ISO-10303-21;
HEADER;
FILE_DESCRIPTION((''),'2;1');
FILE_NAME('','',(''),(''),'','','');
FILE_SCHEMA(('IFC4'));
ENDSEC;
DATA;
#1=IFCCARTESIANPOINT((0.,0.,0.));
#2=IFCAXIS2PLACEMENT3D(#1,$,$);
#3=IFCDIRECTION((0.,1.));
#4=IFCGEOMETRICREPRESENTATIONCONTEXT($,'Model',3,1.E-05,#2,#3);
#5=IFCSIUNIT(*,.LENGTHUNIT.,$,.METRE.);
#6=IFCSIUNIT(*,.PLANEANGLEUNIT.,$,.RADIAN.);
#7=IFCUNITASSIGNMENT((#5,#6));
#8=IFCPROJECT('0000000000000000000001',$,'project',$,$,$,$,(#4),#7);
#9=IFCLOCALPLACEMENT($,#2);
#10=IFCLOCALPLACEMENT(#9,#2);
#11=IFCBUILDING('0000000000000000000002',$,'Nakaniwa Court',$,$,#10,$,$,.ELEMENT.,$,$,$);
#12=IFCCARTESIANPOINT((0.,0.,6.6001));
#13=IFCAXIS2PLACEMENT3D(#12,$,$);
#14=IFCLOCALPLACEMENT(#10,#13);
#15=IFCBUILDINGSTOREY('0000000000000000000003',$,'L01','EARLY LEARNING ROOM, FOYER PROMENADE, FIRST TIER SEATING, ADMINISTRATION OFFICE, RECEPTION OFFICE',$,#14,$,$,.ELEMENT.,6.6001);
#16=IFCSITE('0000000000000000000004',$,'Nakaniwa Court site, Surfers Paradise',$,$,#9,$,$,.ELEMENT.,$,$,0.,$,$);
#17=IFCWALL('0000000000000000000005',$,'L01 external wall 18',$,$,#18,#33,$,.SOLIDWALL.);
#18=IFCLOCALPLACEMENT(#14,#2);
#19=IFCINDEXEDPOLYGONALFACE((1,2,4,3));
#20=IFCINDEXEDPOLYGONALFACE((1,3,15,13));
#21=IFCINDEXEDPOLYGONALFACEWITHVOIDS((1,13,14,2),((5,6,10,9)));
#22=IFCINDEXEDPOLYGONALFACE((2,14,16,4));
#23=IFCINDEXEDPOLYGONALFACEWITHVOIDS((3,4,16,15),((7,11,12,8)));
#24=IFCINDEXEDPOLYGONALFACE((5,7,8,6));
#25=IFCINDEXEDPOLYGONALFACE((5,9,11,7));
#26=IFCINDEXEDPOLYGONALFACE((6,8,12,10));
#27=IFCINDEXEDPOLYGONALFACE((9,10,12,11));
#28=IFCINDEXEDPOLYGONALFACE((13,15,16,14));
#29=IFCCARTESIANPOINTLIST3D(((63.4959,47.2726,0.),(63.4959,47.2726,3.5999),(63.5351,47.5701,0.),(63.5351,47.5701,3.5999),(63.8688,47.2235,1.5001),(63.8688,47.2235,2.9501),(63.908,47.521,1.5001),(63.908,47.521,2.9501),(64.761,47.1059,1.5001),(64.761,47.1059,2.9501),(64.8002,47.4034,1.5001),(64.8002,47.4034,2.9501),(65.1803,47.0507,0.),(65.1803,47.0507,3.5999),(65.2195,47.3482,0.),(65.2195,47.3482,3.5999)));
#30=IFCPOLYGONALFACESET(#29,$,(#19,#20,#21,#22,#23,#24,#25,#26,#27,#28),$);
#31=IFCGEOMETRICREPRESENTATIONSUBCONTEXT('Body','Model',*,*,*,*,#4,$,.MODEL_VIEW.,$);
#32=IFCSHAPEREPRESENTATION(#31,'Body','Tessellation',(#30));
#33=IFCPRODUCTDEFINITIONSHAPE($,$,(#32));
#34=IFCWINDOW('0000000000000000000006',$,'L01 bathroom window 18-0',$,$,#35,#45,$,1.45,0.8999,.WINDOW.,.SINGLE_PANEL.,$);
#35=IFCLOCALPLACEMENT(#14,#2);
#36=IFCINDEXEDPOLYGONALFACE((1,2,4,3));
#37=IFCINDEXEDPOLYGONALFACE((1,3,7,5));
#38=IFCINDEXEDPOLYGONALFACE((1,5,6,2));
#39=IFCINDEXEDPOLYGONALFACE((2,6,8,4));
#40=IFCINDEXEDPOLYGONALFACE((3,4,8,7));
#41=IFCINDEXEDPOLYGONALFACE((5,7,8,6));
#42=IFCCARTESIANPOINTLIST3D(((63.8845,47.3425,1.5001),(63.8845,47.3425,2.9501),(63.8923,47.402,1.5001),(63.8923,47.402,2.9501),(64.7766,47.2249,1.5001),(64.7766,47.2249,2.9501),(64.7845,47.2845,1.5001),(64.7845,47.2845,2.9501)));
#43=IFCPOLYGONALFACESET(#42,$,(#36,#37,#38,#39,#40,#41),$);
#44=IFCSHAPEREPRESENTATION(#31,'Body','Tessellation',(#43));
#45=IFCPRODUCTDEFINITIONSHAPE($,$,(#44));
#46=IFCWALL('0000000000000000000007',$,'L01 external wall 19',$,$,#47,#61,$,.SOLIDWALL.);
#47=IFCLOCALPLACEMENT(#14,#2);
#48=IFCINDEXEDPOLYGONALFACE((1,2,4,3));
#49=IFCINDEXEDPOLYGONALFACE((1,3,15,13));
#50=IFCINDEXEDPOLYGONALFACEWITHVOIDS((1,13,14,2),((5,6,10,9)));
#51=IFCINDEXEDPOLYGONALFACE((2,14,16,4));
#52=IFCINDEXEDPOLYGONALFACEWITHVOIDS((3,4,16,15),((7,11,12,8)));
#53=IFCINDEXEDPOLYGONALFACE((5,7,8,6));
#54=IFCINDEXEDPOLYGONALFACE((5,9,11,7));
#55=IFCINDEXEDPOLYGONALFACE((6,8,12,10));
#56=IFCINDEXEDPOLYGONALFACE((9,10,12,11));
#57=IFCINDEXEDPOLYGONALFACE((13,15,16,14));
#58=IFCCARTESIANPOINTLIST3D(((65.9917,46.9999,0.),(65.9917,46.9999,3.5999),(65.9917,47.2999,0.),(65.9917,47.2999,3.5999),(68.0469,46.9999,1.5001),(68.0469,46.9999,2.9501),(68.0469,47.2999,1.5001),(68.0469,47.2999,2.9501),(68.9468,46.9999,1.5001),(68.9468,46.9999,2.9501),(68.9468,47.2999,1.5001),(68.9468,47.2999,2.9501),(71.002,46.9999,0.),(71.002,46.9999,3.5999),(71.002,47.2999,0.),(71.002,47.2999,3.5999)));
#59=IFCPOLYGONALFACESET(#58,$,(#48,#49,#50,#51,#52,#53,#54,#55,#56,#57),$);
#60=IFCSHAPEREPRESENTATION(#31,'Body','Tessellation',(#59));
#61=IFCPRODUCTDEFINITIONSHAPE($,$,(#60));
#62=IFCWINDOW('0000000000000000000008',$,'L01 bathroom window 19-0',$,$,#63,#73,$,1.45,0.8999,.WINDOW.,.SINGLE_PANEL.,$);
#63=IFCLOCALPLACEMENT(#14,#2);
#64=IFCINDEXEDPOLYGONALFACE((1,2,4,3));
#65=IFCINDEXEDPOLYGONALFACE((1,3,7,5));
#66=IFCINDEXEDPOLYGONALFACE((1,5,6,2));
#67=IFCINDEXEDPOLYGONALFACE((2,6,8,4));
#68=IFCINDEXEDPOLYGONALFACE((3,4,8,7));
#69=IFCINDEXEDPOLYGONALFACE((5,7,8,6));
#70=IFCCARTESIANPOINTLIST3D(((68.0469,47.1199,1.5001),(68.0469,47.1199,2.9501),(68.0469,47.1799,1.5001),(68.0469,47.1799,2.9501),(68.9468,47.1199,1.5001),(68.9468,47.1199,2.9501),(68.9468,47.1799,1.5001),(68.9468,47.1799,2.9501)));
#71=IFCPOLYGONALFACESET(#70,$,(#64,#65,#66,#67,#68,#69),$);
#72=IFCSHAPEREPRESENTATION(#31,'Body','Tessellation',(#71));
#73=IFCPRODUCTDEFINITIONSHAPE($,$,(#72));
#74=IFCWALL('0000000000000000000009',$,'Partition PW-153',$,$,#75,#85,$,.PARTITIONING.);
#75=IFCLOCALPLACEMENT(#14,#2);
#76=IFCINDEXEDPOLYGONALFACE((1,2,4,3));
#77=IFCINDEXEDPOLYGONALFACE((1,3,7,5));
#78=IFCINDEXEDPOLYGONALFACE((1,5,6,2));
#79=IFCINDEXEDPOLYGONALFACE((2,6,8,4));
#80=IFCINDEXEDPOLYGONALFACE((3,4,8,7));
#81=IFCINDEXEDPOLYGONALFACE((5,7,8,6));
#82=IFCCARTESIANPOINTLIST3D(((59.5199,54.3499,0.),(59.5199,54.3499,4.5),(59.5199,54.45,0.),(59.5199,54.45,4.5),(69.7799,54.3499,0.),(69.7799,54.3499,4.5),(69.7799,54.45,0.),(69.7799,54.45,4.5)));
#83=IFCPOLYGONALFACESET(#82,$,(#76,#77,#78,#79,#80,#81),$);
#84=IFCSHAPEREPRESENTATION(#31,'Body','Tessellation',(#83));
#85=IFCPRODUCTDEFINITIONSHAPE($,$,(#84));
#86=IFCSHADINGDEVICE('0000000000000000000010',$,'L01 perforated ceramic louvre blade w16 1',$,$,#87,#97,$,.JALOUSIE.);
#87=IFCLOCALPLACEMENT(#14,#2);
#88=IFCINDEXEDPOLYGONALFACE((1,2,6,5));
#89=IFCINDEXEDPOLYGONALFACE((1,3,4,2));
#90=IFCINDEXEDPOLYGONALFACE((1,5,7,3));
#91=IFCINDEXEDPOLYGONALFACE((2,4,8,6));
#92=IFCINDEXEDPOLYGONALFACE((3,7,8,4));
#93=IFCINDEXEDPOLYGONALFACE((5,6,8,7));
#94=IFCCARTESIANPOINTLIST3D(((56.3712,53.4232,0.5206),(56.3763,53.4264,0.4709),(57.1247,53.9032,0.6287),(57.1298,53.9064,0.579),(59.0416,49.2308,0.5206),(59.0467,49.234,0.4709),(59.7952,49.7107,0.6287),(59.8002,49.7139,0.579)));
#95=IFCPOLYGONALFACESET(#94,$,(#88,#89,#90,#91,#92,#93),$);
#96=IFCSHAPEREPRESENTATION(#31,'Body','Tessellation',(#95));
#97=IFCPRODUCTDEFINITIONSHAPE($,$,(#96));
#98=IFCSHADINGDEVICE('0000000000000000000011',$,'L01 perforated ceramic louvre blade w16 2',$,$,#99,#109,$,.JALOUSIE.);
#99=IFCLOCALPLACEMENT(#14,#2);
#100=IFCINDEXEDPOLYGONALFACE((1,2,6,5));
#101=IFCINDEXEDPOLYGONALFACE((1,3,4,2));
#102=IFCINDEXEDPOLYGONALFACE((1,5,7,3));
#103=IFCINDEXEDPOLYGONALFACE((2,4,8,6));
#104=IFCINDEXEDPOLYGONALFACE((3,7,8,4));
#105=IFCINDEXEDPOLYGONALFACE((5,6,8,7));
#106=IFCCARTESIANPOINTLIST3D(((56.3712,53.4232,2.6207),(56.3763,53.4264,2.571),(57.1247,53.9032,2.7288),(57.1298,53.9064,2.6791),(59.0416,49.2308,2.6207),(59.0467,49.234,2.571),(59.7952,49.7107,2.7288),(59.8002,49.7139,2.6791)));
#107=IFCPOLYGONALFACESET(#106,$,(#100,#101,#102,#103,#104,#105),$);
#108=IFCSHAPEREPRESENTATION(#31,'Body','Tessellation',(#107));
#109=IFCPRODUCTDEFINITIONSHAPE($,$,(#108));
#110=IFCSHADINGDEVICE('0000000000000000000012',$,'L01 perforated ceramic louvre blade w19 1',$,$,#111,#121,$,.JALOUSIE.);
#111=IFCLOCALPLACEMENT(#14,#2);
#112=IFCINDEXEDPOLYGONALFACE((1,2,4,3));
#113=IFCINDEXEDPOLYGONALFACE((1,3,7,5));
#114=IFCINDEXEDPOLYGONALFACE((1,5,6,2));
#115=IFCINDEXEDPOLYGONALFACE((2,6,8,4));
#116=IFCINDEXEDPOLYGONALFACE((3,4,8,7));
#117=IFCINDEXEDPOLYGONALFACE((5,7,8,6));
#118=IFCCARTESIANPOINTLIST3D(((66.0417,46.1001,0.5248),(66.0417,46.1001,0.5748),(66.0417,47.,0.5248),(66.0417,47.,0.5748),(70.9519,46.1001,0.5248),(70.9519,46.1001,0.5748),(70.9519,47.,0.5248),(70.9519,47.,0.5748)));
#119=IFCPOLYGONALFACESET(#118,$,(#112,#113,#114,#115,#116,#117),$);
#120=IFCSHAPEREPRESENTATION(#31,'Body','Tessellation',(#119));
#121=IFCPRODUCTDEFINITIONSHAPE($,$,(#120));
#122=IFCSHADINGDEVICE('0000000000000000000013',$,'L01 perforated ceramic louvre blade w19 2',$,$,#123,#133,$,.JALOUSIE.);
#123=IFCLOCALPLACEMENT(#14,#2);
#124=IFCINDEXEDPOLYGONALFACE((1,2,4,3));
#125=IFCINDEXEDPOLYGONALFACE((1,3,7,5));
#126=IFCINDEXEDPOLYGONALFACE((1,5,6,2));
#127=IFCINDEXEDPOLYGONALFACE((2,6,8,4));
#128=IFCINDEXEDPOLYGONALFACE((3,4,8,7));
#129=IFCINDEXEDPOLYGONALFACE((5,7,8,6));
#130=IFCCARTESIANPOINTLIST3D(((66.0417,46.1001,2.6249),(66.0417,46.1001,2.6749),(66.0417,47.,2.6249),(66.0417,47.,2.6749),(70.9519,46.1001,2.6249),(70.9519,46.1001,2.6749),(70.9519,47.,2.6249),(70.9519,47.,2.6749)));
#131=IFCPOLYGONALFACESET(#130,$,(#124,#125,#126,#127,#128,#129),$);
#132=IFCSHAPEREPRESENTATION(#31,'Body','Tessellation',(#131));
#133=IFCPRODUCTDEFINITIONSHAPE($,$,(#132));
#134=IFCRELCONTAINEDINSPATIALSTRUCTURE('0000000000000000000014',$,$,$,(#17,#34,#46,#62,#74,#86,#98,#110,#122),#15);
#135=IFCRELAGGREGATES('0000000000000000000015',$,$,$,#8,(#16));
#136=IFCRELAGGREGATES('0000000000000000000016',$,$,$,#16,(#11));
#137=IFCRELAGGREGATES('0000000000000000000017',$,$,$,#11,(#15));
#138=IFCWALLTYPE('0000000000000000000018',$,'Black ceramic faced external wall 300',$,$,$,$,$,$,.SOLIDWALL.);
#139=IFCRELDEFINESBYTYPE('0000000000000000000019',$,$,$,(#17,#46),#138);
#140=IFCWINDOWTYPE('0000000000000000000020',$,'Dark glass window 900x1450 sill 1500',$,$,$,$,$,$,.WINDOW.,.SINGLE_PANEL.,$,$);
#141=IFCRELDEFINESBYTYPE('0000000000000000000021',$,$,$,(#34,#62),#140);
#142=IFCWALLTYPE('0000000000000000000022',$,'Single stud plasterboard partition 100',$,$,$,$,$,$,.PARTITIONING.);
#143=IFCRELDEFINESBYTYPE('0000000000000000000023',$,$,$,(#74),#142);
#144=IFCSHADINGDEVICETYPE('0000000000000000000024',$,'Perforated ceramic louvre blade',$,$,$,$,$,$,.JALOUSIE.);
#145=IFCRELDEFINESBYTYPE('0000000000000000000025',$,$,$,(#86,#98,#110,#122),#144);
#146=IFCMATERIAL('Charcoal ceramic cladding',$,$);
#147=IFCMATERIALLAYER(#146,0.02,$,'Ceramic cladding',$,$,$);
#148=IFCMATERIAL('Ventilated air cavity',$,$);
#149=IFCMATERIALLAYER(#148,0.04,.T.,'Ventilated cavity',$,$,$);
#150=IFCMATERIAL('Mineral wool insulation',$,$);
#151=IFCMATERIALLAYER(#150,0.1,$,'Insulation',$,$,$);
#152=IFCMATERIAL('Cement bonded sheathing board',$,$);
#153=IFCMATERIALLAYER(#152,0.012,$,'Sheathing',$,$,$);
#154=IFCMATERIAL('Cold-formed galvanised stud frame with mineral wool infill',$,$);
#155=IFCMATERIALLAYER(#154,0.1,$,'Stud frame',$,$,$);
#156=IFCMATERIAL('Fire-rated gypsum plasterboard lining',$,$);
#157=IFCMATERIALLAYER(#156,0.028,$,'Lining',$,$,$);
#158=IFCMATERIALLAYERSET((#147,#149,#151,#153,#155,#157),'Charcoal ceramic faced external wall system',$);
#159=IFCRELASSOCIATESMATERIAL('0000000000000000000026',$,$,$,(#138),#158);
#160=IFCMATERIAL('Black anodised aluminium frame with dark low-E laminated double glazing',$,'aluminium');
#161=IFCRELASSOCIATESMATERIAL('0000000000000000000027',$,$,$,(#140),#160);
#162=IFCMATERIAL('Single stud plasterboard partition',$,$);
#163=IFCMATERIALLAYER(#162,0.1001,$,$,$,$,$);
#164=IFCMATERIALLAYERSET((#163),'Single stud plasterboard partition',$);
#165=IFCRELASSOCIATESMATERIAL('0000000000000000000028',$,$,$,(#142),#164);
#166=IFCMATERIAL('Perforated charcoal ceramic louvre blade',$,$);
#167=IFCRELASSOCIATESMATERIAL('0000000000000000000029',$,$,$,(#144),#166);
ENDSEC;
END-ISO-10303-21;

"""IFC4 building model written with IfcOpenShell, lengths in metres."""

from ifc_helpers import new_model, si_unit, direction, frame, frame_2d, origin, origin_2d, place, context, subcontext, project, spatial, rectangle, extrude, material, layer, layer_set, material_profile, profile_set, type_object, element, fill, save


model = new_model("IFC4")

# Units and contexts
model_context = context("Model", 3, precision=1e-05, world=origin(), true_north=direction((0.0, 1.0)))
body_context = subcontext(model_context, "Body", "Model", "MODEL_VIEW")
ifc_project = project(units=[si_unit("LENGTHUNIT", "METRE"), si_unit("PLANEANGLEUNIT", "RADIAN")], contexts=[model_context])

# Site, building, storey
site_placement = place(None, origin())
site = spatial("IfcSite", under=ifc_project, at=site_placement, Name="Nakaniwa Court site, Surfers Paradise", CompositionType="ELEMENT", RefElevation=0.0)
building_placement = place(site_placement, origin())
building = spatial("IfcBuilding", under=site, at=building_placement, Name="Nakaniwa Court", CompositionType="ELEMENT")
storey_placement = place(building_placement, frame((0.0, 0.0, 6.6001)))
storey = spatial("IfcBuildingStorey", under=building, at=storey_placement, Name="L01", Description="EARLY LEARNING ROOM, FOYER PROMENADE, FIRST TIER SEATING, ADMINISTRATION OFFICE, RECEPTION OFFICE", CompositionType="ELEMENT", Elevation=6.6001)

# Walls, openings, windows
ifc_material_1 = material(Name="Charcoal ceramic cladding")
ifc_layer_1 = layer(ifc_material_1, 0.02, Name="Ceramic cladding")
ifc_material_2 = material(Name="Ventilated air cavity")
ifc_layer_2 = layer(ifc_material_2, 0.04, ventilated=True, Name="Ventilated cavity")
ifc_material_3 = material(Name="Mineral wool insulation")
ifc_layer_3 = layer(ifc_material_3, 0.1, Name="Insulation")
ifc_material_4 = material(Name="Cement bonded sheathing board")
ifc_layer_4 = layer(ifc_material_4, 0.012, Name="Sheathing")
ifc_material_5 = material(Name="Cold-formed galvanised stud frame with mineral wool infill")
ifc_layer_5 = layer(ifc_material_5, 0.1, Name="Stud frame")
ifc_material_6 = material(Name="Fire-rated gypsum plasterboard lining")
ifc_layer_6 = layer(ifc_material_6, 0.028, Name="Lining")
ifc_layer_set_1 = layer_set([ifc_layer_1, ifc_layer_2, ifc_layer_3, ifc_layer_4, ifc_layer_5, ifc_layer_6], Name="Charcoal ceramic faced external wall system")
wall_type_1 = type_object("IfcWallType", Name="Black ceramic faced external wall 300", PredefinedType="SOLIDWALL", material=ifc_layer_set_1)
ifc_material_7 = material(Name="Black anodised aluminium frame with dark low-E laminated double glazing", Category="aluminium")
window_type = type_object("IfcWindowType", Name="Dark glass window 900x1450 sill 1500", PartitioningType="SINGLE_PANEL", PredefinedType="WINDOW", material=ifc_material_7)
wall_1_placement = place(storey_placement, frame((63.5154, 47.4214, 0.0), z_axis=(0.0, 0.0, 1.0), x_axis=(0.991431, -0.130629, 0.0)))
wall_1 = element("IfcWall", 1, at=wall_1_placement, inside=storey, type_object=wall_type_1, Name="L01 external wall 18", PredefinedType="SOLIDWALL", context=body_context, shape_type="SweptSolid", body=[
    extrude(rectangle(XDim=1.699, YDim=0.3, at=frame_2d((0.8496, 0.0))), origin(), (0.0, 0.0, 1.0), 3.5999),
])
opening_1_placement = place(wall_1_placement, frame((0.3762, 0.0, 1.5)))
opening_1 = element("IfcOpeningElement", 2, at=opening_1_placement, cuts=wall_1, PredefinedType="OPENING", context=body_context, shape_type="SweptSolid", body=[
    extrude(rectangle(XDim=0.8999, YDim=1.45, at=frame_2d((0.45, 0.7251))), frame((0.0, 0.1599, 0.0), z_axis=(0.0, -1.0, 0.0), x_axis=(1.0, 0.0, 0.0)), (0.0, 0.0, 1.0), 0.3201),
])
window_1_placement = place(opening_1_placement, origin())
window_1 = element("IfcWindow", 3, at=window_1_placement, inside=storey, type_object=window_type, Name="L01 bathroom window 18-0", OverallHeight=1.45, OverallWidth=0.8999, PartitioningType="SINGLE_PANEL", PredefinedType="WINDOW", context=body_context, shape_type="SweptSolid", body=[
    extrude(rectangle(XDim=0.8999, YDim=1.45, at=frame_2d((0.45, 0.7251))), frame((0.0, 0.03, 0.0), z_axis=(0.0, -1.0, 0.0), x_axis=(1.0, 0.0, 0.0)), (0.0, 0.0, 1.0), 0.0601),
])
fill(opening_1, window_1)
wall_2_placement = place(storey_placement, frame((65.9917, 47.1499, 0.0), z_axis=(0.0, 0.0, 1.0), x_axis=(1.0, 0.0, 0.0)))
wall_2 = element("IfcWall", 4, at=wall_2_placement, inside=storey, type_object=wall_type_1, Name="L01 external wall 19", PredefinedType="SOLIDWALL", context=body_context, shape_type="SweptSolid", body=[
    extrude(rectangle(XDim=5.0103, YDim=0.3, at=frame_2d((2.5051, 0.0))), origin(), (0.0, 0.0, 1.0), 3.5999),
])
opening_2_placement = place(wall_2_placement, frame((2.0552, 0.0, 1.5)))
opening_2 = element("IfcOpeningElement", 5, at=opening_2_placement, cuts=wall_2, PredefinedType="OPENING", context=body_context, shape_type="SweptSolid", body=[
    extrude(rectangle(XDim=0.8999, YDim=1.45, at=frame_2d((0.45, 0.7251))), frame((0.0, 0.1599, 0.0), z_axis=(0.0, -1.0, 0.0), x_axis=(1.0, 0.0, 0.0)), (0.0, 0.0, 1.0), 0.3201),
])
window_2_placement = place(opening_2_placement, origin())
window_2 = element("IfcWindow", 6, at=window_2_placement, inside=storey, type_object=window_type, Name="L01 bathroom window 19-0", OverallHeight=1.45, OverallWidth=0.8999, PartitioningType="SINGLE_PANEL", PredefinedType="WINDOW", context=body_context, shape_type="SweptSolid", body=[
    extrude(rectangle(XDim=0.8999, YDim=1.45, at=frame_2d((0.45, 0.7251))), frame((0.0, 0.03, 0.0), z_axis=(0.0, -1.0, 0.0), x_axis=(1.0, 0.0, 0.0)), (0.0, 0.0, 1.0), 0.0601),
])
fill(opening_2, window_2)

# Wall
ifc_material_8 = material(Name="Single stud plasterboard partition")
ifc_layer_7 = layer(ifc_material_8, 0.1001)
ifc_layer_set_2 = layer_set([ifc_layer_7], Name="Single stud plasterboard partition")
wall_type_2 = type_object("IfcWallType", Name="Single stud plasterboard partition 100", PredefinedType="PARTITIONING", material=ifc_layer_set_2)
wall_3_placement = place(storey_placement, frame((59.52, 54.3999, 0.0), z_axis=(0.0, 0.0, 1.0), x_axis=(1.0, 0.0, 0.0)))
element("IfcWall", 7, at=wall_3_placement, inside=storey, type_object=wall_type_2, Name="Partition PW-153", PredefinedType="PARTITIONING", context=body_context, shape_type="SweptSolid", body=[
    extrude(rectangle(XDim=10.26, YDim=0.1001, at=frame_2d((5.1299, 0.0))), origin(), (0.0, 0.0, 1.0), 4.5),
])

# Shading devices
ifc_material_9 = material(Name="Perforated charcoal ceramic louvre blade")
ifc_material_profile_1 = material_profile(ifc_material_9, rectangle(XDim=0.8999, YDim=0.05, at=origin_2d()), Name="Perforated ceramic louvre blade")
ifc_profile_set_1 = profile_set([ifc_material_profile_1], Name="Perforated charcoal ceramic louvre blade")
shading_device_type = type_object("IfcShadingDeviceType", Name="Perforated ceramic louvre blade", PredefinedType="JALOUSIE", material=ifc_profile_set_1)
for number, where, z_axis, x_axis, name in (
    (8, (56.7505, 53.6648, 0.5498), (0.537238, -0.843431, 0.0), (0.837322, 0.533347, 0.120137), "L01 perforated ceramic louvre blade w16 1"),
    (9, (56.7505, 53.6648, 2.6499), (0.537238, -0.843431, 0.0), (0.837322, 0.533347, 0.120137), "L01 perforated ceramic louvre blade w16 2"),
):
    element("IfcShadingDevice", number, at=place(storey_placement, frame(where, z_axis=z_axis, x_axis=x_axis)), inside=storey, type_object=shading_device_type, Name=name, PredefinedType="JALOUSIE", context=body_context, shape_type="SweptSolid", body=[
        extrude(rectangle(XDim=0.8999, YDim=0.05, at=origin_2d()), origin(), (0.0, 0.0, 1.0), 4.9707),
    ])
for number, where, z_axis, x_axis, name in (
    (10, (66.0417, 46.55, 0.5498), (1.0, 0.0, 0.0), (0.0, 1.0, 0.0), "L01 perforated ceramic louvre blade w19 1"),
    (11, (66.0417, 46.55, 2.6499), (1.0, 0.0, 0.0), (0.0, 1.0, 0.0), "L01 perforated ceramic louvre blade w19 2"),
):
    element("IfcShadingDevice", number, at=place(storey_placement, frame(where, z_axis=z_axis, x_axis=x_axis)), inside=storey, type_object=shading_device_type, Name=name, PredefinedType="JALOUSIE", context=body_context, shape_type="SweptSolid", body=[
        extrude(rectangle(XDim=0.8999, YDim=0.05, at=origin_2d()), origin(), (0.0, 0.0, 1.0), 4.9102),
    ])

save(model, "model.ifc")
